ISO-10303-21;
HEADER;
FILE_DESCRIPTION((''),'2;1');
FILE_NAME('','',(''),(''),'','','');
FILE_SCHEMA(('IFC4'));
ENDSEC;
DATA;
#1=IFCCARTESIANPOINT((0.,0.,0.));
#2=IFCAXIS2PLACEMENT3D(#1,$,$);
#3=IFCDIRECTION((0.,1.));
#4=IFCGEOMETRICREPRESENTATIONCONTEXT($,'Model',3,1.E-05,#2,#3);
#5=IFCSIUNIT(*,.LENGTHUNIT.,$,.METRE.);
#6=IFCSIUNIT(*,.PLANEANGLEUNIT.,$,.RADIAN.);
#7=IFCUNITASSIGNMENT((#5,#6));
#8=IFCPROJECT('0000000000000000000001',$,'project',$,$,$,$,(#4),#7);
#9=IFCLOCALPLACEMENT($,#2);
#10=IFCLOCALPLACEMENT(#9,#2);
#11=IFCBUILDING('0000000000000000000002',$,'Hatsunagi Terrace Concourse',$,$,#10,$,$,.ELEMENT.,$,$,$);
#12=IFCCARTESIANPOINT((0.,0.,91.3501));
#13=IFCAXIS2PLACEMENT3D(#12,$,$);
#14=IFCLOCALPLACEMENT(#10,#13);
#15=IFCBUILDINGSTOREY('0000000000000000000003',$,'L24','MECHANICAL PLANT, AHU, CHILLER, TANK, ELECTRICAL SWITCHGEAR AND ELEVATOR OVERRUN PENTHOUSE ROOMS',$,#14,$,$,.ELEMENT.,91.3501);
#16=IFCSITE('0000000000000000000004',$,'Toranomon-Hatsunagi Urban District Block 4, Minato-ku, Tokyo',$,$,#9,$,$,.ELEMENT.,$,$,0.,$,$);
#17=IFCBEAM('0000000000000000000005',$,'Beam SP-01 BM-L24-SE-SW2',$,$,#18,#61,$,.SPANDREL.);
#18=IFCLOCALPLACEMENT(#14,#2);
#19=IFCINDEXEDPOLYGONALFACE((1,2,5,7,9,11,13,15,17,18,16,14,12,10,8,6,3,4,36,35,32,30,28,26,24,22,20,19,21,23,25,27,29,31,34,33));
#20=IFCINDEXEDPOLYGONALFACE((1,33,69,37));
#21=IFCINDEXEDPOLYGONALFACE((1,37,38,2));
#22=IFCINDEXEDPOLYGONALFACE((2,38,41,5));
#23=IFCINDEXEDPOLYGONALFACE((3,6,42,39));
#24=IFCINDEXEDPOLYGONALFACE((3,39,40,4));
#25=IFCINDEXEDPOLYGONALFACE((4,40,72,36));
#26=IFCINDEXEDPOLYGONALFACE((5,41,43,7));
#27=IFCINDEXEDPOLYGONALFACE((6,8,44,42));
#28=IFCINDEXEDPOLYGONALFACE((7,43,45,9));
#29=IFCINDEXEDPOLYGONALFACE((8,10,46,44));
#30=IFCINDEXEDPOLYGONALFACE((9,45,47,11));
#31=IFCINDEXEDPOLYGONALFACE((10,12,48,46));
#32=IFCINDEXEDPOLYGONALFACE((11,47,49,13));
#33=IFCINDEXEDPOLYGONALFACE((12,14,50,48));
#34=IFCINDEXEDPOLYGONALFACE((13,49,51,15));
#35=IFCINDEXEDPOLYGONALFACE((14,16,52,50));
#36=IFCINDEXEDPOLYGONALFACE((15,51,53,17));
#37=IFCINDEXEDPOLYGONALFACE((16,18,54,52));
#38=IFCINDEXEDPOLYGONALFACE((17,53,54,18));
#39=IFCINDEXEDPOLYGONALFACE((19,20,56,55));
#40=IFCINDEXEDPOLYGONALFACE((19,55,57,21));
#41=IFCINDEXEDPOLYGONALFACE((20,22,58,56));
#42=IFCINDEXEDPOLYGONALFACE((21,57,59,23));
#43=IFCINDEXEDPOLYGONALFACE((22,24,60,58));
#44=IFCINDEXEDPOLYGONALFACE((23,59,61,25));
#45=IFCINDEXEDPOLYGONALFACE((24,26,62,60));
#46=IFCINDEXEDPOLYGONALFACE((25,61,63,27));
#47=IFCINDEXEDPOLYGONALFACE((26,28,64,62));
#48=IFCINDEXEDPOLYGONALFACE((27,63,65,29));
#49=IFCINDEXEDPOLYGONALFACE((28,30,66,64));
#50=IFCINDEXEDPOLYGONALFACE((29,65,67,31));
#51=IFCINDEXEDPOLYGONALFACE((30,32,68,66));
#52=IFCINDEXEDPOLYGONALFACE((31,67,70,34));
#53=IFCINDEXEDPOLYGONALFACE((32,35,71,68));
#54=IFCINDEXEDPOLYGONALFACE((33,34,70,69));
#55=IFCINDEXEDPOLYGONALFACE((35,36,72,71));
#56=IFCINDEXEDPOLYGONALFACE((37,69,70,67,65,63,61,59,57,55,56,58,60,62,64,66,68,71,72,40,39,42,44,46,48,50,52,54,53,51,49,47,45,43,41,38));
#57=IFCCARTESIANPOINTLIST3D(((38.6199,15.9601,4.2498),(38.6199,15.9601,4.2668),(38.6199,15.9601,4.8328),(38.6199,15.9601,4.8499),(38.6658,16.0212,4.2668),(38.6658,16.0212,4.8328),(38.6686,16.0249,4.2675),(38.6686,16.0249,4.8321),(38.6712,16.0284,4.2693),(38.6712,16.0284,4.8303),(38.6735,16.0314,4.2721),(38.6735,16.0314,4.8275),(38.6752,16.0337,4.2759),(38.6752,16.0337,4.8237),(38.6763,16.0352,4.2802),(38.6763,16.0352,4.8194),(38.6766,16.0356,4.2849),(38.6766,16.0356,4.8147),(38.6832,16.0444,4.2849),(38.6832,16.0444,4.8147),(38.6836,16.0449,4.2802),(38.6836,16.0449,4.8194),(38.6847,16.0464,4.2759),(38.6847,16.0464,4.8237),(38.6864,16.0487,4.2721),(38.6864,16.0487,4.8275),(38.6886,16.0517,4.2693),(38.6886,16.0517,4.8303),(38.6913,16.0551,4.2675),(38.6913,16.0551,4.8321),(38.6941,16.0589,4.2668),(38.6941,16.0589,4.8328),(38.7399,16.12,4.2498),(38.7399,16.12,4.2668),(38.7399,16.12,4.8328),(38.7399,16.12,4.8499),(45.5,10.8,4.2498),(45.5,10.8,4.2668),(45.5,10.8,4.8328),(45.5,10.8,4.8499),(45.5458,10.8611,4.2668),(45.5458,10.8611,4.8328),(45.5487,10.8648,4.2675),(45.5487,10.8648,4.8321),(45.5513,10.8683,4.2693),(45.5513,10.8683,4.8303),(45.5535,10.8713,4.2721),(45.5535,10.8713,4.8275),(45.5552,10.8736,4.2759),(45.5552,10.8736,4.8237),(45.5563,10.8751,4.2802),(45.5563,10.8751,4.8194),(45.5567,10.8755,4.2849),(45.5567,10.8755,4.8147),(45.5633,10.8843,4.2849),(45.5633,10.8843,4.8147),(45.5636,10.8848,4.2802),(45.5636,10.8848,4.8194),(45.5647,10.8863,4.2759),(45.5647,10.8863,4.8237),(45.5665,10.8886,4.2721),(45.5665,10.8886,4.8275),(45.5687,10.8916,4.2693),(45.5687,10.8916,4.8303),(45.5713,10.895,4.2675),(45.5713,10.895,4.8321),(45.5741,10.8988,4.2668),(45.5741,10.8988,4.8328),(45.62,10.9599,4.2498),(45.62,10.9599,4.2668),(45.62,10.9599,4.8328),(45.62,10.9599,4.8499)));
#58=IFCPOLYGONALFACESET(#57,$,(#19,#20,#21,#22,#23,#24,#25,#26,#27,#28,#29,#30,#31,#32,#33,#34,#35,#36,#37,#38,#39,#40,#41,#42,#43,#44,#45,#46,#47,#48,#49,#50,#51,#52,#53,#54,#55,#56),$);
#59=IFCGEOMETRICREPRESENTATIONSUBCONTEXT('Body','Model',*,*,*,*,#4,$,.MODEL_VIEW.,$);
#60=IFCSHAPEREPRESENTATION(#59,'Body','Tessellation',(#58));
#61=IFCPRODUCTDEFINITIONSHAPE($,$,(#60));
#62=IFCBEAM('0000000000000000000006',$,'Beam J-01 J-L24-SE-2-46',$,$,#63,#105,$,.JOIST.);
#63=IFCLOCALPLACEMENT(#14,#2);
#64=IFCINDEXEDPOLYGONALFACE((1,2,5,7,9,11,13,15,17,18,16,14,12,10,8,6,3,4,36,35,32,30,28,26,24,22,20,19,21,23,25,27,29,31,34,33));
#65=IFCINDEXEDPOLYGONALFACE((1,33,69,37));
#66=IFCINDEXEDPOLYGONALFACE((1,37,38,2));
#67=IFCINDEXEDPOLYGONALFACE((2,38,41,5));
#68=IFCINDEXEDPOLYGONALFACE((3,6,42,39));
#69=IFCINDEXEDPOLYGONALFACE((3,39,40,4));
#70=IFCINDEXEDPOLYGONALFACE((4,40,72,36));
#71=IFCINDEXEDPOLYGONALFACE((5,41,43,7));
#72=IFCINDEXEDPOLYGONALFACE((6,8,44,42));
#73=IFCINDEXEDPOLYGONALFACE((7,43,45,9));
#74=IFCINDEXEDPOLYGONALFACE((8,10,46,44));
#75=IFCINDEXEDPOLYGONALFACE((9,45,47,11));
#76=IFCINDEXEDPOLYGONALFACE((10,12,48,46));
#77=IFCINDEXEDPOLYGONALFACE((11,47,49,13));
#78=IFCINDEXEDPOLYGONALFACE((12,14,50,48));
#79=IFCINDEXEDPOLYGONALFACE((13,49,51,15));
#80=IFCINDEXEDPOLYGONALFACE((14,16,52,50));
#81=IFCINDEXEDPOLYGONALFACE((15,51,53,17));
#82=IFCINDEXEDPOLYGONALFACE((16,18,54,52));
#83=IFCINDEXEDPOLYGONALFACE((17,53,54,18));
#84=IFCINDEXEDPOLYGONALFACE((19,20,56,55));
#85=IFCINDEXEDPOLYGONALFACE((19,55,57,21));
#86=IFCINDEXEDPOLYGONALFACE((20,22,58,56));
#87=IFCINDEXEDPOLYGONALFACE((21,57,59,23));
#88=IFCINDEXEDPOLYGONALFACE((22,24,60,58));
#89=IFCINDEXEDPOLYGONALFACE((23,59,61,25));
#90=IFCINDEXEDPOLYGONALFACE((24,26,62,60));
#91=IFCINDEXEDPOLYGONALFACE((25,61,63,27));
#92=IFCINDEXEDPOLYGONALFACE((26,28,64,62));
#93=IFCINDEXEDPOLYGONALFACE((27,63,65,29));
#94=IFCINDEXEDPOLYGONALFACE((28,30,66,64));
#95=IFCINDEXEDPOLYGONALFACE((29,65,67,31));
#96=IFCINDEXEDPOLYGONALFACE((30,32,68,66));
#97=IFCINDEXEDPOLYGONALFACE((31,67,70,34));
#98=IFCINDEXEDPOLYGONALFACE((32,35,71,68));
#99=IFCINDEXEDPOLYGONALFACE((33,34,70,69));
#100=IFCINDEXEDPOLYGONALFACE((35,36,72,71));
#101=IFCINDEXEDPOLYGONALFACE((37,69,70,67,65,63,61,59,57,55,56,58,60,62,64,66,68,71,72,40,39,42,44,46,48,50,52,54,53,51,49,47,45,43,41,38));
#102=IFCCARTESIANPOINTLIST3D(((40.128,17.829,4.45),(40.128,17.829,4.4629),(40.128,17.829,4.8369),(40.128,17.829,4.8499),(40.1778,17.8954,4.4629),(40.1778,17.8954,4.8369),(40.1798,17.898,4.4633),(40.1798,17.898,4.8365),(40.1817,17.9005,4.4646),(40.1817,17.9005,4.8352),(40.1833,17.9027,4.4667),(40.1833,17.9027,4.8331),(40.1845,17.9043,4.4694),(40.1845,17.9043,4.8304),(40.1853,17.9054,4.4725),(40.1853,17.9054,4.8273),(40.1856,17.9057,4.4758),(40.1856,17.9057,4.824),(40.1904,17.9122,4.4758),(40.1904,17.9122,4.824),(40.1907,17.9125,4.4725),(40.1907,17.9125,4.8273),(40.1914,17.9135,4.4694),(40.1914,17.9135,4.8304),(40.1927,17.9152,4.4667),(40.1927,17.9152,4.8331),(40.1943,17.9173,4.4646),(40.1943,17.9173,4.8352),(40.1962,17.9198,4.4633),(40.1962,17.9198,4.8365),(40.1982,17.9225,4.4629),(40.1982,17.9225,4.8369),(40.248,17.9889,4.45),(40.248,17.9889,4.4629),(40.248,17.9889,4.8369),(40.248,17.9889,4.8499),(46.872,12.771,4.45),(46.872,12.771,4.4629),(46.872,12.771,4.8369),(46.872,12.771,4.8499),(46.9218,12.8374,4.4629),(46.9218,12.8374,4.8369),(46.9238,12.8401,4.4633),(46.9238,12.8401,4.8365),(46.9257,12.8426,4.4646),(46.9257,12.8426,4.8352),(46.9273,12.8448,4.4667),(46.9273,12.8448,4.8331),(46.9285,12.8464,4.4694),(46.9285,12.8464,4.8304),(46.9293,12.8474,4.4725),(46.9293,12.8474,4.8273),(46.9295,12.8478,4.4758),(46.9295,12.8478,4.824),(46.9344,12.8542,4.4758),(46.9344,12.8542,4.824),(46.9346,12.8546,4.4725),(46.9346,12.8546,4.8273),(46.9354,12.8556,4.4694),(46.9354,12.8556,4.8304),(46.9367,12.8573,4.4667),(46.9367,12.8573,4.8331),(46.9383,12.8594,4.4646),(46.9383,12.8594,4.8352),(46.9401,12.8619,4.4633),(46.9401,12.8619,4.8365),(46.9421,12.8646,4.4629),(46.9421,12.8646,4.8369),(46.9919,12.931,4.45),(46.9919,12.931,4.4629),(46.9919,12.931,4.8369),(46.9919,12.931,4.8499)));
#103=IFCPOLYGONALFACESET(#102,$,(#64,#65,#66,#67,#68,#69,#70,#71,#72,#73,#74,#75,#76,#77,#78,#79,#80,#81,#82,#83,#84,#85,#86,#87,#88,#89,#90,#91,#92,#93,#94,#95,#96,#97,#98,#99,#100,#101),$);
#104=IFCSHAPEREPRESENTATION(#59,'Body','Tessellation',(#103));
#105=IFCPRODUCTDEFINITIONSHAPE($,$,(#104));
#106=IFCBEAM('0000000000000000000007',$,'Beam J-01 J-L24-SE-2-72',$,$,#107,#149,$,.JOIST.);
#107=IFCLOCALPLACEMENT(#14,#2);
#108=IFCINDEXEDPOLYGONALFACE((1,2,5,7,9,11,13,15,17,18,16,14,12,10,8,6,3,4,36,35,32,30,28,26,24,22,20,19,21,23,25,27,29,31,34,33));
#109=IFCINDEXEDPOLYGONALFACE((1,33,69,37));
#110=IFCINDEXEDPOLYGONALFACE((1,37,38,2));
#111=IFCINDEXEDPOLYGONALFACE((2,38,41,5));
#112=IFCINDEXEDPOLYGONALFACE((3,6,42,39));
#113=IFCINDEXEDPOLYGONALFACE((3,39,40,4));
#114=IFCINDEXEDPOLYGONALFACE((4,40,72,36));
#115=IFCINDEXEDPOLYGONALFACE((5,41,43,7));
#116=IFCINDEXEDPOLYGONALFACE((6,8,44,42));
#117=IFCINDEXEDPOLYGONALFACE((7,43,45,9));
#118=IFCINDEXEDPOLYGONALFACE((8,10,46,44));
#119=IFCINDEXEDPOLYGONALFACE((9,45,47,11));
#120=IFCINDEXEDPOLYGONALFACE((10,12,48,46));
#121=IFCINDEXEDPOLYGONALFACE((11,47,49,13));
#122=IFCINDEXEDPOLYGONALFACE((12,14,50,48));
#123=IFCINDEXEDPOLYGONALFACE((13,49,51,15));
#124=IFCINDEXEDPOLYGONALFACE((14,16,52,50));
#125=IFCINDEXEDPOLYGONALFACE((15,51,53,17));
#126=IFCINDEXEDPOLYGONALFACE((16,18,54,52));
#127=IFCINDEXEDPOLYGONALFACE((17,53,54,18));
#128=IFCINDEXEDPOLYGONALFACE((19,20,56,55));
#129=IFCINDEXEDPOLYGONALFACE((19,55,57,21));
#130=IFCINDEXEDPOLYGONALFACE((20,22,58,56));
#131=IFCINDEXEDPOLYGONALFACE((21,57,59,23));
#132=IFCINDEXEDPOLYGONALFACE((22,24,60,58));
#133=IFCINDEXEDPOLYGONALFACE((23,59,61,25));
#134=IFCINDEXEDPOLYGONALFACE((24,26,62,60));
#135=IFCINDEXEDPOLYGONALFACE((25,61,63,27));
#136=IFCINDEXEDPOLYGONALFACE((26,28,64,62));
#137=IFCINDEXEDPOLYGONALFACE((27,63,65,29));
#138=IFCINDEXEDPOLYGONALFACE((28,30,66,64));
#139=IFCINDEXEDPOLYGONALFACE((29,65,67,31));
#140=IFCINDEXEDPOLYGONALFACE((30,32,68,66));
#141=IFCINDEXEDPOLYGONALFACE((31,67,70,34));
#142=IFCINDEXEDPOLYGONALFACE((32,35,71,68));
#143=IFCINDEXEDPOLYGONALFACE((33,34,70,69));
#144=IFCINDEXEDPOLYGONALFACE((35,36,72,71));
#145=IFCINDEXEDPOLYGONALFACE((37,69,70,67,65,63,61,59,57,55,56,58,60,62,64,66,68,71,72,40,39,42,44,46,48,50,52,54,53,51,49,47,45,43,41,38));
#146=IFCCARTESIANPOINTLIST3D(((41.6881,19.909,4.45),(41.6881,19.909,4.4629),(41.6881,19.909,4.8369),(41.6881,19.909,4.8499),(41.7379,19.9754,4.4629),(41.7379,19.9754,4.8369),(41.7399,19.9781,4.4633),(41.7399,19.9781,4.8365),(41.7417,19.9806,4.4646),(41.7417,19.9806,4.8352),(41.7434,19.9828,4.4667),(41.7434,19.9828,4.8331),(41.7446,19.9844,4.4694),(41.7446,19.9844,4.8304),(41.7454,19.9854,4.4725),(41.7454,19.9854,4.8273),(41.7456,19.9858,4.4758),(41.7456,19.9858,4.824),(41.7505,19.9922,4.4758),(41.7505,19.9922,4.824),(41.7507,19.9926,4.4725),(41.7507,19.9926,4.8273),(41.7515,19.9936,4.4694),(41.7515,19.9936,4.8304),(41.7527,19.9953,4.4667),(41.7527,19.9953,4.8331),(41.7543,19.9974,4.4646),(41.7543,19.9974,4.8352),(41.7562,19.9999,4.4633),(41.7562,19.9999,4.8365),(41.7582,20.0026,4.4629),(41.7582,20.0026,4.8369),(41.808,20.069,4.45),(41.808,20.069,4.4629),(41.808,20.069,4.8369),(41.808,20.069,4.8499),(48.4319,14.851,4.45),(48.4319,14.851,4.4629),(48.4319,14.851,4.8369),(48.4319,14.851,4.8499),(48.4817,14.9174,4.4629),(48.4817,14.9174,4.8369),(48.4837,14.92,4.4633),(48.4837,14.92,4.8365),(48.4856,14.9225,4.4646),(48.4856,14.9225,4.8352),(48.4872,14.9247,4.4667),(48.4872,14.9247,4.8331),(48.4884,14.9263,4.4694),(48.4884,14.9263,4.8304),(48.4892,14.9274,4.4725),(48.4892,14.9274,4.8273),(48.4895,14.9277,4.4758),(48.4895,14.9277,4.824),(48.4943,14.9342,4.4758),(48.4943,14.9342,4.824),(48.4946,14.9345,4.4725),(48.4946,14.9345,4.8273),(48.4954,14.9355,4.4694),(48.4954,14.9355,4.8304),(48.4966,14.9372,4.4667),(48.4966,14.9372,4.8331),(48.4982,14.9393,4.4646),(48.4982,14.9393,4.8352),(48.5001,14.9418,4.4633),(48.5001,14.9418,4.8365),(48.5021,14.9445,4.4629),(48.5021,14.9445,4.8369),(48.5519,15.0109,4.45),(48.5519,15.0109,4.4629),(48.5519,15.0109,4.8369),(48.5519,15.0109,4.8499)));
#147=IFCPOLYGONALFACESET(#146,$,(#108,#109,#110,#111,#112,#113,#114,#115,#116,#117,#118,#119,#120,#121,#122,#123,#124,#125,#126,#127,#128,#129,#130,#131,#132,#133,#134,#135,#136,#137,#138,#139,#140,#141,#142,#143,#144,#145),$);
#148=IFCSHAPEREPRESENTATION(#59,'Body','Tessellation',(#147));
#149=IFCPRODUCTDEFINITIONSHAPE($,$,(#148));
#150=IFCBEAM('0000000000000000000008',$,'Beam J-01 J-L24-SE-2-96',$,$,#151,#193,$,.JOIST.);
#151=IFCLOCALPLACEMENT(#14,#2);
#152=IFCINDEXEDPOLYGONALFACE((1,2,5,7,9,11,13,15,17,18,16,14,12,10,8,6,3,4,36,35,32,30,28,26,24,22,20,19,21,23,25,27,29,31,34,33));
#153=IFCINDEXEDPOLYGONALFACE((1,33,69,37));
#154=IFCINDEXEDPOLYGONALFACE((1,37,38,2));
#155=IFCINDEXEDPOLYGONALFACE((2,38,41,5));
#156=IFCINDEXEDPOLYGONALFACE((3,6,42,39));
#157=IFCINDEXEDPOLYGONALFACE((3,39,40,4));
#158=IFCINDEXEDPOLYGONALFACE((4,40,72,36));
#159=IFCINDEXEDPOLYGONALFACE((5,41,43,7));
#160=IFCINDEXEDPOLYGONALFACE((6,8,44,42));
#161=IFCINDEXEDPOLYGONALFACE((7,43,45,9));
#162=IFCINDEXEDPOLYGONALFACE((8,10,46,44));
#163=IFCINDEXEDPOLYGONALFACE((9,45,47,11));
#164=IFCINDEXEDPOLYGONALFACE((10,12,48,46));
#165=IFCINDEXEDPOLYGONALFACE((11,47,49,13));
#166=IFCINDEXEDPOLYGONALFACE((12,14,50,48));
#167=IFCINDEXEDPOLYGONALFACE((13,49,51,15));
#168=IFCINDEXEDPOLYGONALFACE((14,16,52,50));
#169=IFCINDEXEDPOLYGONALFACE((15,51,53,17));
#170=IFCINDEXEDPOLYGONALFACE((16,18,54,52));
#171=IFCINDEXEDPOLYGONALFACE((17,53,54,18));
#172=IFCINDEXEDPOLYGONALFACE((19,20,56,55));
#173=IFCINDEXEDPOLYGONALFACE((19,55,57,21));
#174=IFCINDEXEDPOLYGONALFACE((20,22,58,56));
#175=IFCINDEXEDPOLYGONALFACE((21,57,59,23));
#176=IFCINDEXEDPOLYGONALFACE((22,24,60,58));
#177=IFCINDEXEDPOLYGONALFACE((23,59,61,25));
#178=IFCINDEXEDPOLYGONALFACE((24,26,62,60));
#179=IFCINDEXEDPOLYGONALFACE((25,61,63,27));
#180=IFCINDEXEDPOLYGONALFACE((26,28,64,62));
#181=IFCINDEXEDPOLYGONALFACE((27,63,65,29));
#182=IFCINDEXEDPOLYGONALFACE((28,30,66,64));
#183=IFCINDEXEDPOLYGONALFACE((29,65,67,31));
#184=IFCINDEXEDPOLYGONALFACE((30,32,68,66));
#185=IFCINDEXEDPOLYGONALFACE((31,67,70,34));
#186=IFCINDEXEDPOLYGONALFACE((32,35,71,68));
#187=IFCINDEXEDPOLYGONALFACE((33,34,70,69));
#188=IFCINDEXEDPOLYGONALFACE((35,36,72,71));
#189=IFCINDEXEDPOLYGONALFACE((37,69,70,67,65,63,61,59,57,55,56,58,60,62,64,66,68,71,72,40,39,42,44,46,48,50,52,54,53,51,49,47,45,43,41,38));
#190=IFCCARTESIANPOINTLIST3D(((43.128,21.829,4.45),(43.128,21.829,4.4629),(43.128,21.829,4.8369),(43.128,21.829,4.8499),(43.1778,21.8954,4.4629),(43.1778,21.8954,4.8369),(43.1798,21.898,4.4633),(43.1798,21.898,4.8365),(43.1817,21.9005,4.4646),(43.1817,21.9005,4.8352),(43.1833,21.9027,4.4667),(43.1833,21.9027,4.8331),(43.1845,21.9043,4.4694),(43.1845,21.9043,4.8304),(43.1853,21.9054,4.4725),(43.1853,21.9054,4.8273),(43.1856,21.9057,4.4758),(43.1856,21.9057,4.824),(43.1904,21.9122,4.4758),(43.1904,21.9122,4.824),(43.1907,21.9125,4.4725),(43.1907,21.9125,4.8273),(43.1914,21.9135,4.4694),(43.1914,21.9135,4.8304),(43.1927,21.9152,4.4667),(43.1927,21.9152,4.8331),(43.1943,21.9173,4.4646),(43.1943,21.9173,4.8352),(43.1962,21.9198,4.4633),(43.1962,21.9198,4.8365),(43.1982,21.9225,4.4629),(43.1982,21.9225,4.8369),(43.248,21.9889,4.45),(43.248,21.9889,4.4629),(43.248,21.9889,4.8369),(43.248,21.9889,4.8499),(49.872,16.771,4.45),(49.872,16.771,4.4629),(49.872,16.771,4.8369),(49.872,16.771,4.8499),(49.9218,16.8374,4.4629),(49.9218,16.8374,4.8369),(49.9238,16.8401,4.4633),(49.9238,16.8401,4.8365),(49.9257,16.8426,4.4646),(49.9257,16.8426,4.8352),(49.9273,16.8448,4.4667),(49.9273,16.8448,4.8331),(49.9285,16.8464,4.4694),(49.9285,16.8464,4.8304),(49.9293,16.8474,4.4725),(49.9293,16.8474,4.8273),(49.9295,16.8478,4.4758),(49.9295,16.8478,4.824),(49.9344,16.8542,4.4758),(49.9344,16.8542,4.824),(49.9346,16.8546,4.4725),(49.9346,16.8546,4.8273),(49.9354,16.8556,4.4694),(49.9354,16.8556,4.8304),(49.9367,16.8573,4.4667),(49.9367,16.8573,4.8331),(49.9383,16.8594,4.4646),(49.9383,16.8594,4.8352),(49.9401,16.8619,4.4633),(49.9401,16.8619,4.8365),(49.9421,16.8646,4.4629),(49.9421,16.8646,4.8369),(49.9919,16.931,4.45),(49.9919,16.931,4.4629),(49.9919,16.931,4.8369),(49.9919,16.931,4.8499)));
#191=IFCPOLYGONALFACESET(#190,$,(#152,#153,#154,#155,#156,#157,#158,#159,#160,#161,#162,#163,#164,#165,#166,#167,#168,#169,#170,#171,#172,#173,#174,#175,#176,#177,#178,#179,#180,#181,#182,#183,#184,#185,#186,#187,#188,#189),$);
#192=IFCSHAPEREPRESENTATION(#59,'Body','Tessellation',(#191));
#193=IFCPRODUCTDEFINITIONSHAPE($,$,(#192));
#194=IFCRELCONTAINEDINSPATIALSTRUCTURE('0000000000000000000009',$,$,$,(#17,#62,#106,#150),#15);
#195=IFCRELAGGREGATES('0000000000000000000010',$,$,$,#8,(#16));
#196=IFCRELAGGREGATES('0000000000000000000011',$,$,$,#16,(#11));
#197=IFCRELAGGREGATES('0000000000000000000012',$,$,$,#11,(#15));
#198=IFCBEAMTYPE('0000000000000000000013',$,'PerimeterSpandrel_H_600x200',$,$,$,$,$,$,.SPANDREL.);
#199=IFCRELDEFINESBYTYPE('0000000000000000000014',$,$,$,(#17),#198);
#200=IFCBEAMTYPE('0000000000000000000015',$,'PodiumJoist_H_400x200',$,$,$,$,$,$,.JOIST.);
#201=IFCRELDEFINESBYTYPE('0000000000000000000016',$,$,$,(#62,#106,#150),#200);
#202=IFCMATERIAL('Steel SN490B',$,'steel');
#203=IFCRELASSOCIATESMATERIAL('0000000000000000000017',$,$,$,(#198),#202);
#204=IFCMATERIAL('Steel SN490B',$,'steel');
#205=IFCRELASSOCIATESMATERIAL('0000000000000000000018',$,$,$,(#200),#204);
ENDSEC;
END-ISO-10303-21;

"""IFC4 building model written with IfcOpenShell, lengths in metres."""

from ifc_helpers import new_model, si_unit, direction, frame, origin, origin_2d, place, context, subcontext, project, spatial, i_section, extrude, material, material_profile, profile_set, type_object, element, save


model = new_model("IFC4")

# Units and contexts
model_context = context("Model", 3, precision=1e-05, world=origin(), true_north=direction((0.0, 1.0)))
body_context = subcontext(model_context, "Body", "Model", "MODEL_VIEW")
ifc_project = project(units=[si_unit("LENGTHUNIT", "METRE"), si_unit("PLANEANGLEUNIT", "RADIAN")], contexts=[model_context])

# Site, building, storey
site_placement = place(None, origin())
site = spatial("IfcSite", under=ifc_project, at=site_placement, Name="Toranomon-Hatsunagi Urban District Block 4, Minato-ku, Tokyo", CompositionType="ELEMENT", RefElevation=0.0)
building_placement = place(site_placement, origin())
building = spatial("IfcBuilding", under=site, at=building_placement, Name="Hatsunagi Terrace Concourse", CompositionType="ELEMENT")
storey_placement = place(building_placement, frame((0.0, 0.0, 91.3501)))
storey = spatial("IfcBuildingStorey", under=building, at=storey_placement, Name="L24", Description="MECHANICAL PLANT, AHU, CHILLER, TANK, ELECTRICAL SWITCHGEAR AND ELEVATOR OVERRUN PENTHOUSE ROOMS", CompositionType="ELEMENT", Elevation=91.3501)

# Beams
ifc_material_1 = material(Name="Steel SN490B", Category="steel")
ifc_material_profile_1 = material_profile(ifc_material_1, i_section(OverallWidth=0.2, OverallDepth=0.6001, WebThickness=0.011, FlangeThickness=0.0171, FilletRadius=0.0181, at=origin_2d()), Name="H-600x200x11x17")
ifc_profile_set_1 = profile_set([ifc_material_profile_1], Name="Steel SN490B")
beam_type_1 = type_object("IfcBeamType", Name="PerimeterSpandrel_H_600x200", PredefinedType="SPANDREL", material=ifc_profile_set_1)
beam_1_placement = place(storey_placement, frame((38.6799, 16.04, 4.5498), z_axis=(0.799997, -0.600005, 0.0), x_axis=(0.600005, 0.799997, 0.0)))
element("IfcBeam", 1, at=beam_1_placement, inside=storey, type_object=beam_type_1, Name="Beam SP-01 BM-L24-SE-SW2", PredefinedType="SPANDREL", context=body_context, shape_type="SweptSolid", body=[
    extrude(i_section(OverallWidth=0.2, OverallDepth=0.6001, WebThickness=0.011, FlangeThickness=0.0171, FilletRadius=0.0181, at=origin_2d()), origin(), (0.0, 0.0, 1.0), 8.6001),
])
ifc_material_2 = material(Name="Steel SN490B", Category="steel")
ifc_material_profile_2 = material_profile(ifc_material_2, i_section(OverallWidth=0.2, OverallDepth=0.3999, WebThickness=0.0081, FlangeThickness=0.0129, FilletRadius=0.0129, at=origin_2d()), Name="H-400x200x8x13")
ifc_profile_set_2 = profile_set([ifc_material_profile_2], Name="Steel SN490B")
beam_type_2 = type_object("IfcBeamType", Name="PodiumJoist_H_400x200", PredefinedType="JOIST", material=ifc_profile_set_2)
for number, where, z_axis, x_axis, name in (
    (2, (40.188, 17.9089, 4.6499), (0.800003, -0.599995, 0.0), (0.599995, 0.800003, 0.0), "Beam J-01 J-L24-SE-2-46"),
    (3, (41.748, 19.989, 4.6499), (0.79999, -0.600014, 0.0), (0.600014, 0.79999, 0.0), "Beam J-01 J-L24-SE-2-72"),
    (4, (43.188, 21.9089, 4.6499), (0.800003, -0.599995, 0.0), (0.599995, 0.800003, 0.0), "Beam J-01 J-L24-SE-2-96"),
):
    element("IfcBeam", number, at=place(storey_placement, frame(where, z_axis=z_axis, x_axis=x_axis)), inside=storey, type_object=beam_type_2, Name=name, PredefinedType="JOIST", context=body_context, shape_type="SweptSolid", body=[
        extrude(i_section(OverallWidth=0.2, OverallDepth=0.3999, WebThickness=0.0081, FlangeThickness=0.0129, FilletRadius=0.0129, at=origin_2d()), origin(), (0.0, 0.0, 1.0), 8.4299),
    ])

save(model, "model.ifc")
